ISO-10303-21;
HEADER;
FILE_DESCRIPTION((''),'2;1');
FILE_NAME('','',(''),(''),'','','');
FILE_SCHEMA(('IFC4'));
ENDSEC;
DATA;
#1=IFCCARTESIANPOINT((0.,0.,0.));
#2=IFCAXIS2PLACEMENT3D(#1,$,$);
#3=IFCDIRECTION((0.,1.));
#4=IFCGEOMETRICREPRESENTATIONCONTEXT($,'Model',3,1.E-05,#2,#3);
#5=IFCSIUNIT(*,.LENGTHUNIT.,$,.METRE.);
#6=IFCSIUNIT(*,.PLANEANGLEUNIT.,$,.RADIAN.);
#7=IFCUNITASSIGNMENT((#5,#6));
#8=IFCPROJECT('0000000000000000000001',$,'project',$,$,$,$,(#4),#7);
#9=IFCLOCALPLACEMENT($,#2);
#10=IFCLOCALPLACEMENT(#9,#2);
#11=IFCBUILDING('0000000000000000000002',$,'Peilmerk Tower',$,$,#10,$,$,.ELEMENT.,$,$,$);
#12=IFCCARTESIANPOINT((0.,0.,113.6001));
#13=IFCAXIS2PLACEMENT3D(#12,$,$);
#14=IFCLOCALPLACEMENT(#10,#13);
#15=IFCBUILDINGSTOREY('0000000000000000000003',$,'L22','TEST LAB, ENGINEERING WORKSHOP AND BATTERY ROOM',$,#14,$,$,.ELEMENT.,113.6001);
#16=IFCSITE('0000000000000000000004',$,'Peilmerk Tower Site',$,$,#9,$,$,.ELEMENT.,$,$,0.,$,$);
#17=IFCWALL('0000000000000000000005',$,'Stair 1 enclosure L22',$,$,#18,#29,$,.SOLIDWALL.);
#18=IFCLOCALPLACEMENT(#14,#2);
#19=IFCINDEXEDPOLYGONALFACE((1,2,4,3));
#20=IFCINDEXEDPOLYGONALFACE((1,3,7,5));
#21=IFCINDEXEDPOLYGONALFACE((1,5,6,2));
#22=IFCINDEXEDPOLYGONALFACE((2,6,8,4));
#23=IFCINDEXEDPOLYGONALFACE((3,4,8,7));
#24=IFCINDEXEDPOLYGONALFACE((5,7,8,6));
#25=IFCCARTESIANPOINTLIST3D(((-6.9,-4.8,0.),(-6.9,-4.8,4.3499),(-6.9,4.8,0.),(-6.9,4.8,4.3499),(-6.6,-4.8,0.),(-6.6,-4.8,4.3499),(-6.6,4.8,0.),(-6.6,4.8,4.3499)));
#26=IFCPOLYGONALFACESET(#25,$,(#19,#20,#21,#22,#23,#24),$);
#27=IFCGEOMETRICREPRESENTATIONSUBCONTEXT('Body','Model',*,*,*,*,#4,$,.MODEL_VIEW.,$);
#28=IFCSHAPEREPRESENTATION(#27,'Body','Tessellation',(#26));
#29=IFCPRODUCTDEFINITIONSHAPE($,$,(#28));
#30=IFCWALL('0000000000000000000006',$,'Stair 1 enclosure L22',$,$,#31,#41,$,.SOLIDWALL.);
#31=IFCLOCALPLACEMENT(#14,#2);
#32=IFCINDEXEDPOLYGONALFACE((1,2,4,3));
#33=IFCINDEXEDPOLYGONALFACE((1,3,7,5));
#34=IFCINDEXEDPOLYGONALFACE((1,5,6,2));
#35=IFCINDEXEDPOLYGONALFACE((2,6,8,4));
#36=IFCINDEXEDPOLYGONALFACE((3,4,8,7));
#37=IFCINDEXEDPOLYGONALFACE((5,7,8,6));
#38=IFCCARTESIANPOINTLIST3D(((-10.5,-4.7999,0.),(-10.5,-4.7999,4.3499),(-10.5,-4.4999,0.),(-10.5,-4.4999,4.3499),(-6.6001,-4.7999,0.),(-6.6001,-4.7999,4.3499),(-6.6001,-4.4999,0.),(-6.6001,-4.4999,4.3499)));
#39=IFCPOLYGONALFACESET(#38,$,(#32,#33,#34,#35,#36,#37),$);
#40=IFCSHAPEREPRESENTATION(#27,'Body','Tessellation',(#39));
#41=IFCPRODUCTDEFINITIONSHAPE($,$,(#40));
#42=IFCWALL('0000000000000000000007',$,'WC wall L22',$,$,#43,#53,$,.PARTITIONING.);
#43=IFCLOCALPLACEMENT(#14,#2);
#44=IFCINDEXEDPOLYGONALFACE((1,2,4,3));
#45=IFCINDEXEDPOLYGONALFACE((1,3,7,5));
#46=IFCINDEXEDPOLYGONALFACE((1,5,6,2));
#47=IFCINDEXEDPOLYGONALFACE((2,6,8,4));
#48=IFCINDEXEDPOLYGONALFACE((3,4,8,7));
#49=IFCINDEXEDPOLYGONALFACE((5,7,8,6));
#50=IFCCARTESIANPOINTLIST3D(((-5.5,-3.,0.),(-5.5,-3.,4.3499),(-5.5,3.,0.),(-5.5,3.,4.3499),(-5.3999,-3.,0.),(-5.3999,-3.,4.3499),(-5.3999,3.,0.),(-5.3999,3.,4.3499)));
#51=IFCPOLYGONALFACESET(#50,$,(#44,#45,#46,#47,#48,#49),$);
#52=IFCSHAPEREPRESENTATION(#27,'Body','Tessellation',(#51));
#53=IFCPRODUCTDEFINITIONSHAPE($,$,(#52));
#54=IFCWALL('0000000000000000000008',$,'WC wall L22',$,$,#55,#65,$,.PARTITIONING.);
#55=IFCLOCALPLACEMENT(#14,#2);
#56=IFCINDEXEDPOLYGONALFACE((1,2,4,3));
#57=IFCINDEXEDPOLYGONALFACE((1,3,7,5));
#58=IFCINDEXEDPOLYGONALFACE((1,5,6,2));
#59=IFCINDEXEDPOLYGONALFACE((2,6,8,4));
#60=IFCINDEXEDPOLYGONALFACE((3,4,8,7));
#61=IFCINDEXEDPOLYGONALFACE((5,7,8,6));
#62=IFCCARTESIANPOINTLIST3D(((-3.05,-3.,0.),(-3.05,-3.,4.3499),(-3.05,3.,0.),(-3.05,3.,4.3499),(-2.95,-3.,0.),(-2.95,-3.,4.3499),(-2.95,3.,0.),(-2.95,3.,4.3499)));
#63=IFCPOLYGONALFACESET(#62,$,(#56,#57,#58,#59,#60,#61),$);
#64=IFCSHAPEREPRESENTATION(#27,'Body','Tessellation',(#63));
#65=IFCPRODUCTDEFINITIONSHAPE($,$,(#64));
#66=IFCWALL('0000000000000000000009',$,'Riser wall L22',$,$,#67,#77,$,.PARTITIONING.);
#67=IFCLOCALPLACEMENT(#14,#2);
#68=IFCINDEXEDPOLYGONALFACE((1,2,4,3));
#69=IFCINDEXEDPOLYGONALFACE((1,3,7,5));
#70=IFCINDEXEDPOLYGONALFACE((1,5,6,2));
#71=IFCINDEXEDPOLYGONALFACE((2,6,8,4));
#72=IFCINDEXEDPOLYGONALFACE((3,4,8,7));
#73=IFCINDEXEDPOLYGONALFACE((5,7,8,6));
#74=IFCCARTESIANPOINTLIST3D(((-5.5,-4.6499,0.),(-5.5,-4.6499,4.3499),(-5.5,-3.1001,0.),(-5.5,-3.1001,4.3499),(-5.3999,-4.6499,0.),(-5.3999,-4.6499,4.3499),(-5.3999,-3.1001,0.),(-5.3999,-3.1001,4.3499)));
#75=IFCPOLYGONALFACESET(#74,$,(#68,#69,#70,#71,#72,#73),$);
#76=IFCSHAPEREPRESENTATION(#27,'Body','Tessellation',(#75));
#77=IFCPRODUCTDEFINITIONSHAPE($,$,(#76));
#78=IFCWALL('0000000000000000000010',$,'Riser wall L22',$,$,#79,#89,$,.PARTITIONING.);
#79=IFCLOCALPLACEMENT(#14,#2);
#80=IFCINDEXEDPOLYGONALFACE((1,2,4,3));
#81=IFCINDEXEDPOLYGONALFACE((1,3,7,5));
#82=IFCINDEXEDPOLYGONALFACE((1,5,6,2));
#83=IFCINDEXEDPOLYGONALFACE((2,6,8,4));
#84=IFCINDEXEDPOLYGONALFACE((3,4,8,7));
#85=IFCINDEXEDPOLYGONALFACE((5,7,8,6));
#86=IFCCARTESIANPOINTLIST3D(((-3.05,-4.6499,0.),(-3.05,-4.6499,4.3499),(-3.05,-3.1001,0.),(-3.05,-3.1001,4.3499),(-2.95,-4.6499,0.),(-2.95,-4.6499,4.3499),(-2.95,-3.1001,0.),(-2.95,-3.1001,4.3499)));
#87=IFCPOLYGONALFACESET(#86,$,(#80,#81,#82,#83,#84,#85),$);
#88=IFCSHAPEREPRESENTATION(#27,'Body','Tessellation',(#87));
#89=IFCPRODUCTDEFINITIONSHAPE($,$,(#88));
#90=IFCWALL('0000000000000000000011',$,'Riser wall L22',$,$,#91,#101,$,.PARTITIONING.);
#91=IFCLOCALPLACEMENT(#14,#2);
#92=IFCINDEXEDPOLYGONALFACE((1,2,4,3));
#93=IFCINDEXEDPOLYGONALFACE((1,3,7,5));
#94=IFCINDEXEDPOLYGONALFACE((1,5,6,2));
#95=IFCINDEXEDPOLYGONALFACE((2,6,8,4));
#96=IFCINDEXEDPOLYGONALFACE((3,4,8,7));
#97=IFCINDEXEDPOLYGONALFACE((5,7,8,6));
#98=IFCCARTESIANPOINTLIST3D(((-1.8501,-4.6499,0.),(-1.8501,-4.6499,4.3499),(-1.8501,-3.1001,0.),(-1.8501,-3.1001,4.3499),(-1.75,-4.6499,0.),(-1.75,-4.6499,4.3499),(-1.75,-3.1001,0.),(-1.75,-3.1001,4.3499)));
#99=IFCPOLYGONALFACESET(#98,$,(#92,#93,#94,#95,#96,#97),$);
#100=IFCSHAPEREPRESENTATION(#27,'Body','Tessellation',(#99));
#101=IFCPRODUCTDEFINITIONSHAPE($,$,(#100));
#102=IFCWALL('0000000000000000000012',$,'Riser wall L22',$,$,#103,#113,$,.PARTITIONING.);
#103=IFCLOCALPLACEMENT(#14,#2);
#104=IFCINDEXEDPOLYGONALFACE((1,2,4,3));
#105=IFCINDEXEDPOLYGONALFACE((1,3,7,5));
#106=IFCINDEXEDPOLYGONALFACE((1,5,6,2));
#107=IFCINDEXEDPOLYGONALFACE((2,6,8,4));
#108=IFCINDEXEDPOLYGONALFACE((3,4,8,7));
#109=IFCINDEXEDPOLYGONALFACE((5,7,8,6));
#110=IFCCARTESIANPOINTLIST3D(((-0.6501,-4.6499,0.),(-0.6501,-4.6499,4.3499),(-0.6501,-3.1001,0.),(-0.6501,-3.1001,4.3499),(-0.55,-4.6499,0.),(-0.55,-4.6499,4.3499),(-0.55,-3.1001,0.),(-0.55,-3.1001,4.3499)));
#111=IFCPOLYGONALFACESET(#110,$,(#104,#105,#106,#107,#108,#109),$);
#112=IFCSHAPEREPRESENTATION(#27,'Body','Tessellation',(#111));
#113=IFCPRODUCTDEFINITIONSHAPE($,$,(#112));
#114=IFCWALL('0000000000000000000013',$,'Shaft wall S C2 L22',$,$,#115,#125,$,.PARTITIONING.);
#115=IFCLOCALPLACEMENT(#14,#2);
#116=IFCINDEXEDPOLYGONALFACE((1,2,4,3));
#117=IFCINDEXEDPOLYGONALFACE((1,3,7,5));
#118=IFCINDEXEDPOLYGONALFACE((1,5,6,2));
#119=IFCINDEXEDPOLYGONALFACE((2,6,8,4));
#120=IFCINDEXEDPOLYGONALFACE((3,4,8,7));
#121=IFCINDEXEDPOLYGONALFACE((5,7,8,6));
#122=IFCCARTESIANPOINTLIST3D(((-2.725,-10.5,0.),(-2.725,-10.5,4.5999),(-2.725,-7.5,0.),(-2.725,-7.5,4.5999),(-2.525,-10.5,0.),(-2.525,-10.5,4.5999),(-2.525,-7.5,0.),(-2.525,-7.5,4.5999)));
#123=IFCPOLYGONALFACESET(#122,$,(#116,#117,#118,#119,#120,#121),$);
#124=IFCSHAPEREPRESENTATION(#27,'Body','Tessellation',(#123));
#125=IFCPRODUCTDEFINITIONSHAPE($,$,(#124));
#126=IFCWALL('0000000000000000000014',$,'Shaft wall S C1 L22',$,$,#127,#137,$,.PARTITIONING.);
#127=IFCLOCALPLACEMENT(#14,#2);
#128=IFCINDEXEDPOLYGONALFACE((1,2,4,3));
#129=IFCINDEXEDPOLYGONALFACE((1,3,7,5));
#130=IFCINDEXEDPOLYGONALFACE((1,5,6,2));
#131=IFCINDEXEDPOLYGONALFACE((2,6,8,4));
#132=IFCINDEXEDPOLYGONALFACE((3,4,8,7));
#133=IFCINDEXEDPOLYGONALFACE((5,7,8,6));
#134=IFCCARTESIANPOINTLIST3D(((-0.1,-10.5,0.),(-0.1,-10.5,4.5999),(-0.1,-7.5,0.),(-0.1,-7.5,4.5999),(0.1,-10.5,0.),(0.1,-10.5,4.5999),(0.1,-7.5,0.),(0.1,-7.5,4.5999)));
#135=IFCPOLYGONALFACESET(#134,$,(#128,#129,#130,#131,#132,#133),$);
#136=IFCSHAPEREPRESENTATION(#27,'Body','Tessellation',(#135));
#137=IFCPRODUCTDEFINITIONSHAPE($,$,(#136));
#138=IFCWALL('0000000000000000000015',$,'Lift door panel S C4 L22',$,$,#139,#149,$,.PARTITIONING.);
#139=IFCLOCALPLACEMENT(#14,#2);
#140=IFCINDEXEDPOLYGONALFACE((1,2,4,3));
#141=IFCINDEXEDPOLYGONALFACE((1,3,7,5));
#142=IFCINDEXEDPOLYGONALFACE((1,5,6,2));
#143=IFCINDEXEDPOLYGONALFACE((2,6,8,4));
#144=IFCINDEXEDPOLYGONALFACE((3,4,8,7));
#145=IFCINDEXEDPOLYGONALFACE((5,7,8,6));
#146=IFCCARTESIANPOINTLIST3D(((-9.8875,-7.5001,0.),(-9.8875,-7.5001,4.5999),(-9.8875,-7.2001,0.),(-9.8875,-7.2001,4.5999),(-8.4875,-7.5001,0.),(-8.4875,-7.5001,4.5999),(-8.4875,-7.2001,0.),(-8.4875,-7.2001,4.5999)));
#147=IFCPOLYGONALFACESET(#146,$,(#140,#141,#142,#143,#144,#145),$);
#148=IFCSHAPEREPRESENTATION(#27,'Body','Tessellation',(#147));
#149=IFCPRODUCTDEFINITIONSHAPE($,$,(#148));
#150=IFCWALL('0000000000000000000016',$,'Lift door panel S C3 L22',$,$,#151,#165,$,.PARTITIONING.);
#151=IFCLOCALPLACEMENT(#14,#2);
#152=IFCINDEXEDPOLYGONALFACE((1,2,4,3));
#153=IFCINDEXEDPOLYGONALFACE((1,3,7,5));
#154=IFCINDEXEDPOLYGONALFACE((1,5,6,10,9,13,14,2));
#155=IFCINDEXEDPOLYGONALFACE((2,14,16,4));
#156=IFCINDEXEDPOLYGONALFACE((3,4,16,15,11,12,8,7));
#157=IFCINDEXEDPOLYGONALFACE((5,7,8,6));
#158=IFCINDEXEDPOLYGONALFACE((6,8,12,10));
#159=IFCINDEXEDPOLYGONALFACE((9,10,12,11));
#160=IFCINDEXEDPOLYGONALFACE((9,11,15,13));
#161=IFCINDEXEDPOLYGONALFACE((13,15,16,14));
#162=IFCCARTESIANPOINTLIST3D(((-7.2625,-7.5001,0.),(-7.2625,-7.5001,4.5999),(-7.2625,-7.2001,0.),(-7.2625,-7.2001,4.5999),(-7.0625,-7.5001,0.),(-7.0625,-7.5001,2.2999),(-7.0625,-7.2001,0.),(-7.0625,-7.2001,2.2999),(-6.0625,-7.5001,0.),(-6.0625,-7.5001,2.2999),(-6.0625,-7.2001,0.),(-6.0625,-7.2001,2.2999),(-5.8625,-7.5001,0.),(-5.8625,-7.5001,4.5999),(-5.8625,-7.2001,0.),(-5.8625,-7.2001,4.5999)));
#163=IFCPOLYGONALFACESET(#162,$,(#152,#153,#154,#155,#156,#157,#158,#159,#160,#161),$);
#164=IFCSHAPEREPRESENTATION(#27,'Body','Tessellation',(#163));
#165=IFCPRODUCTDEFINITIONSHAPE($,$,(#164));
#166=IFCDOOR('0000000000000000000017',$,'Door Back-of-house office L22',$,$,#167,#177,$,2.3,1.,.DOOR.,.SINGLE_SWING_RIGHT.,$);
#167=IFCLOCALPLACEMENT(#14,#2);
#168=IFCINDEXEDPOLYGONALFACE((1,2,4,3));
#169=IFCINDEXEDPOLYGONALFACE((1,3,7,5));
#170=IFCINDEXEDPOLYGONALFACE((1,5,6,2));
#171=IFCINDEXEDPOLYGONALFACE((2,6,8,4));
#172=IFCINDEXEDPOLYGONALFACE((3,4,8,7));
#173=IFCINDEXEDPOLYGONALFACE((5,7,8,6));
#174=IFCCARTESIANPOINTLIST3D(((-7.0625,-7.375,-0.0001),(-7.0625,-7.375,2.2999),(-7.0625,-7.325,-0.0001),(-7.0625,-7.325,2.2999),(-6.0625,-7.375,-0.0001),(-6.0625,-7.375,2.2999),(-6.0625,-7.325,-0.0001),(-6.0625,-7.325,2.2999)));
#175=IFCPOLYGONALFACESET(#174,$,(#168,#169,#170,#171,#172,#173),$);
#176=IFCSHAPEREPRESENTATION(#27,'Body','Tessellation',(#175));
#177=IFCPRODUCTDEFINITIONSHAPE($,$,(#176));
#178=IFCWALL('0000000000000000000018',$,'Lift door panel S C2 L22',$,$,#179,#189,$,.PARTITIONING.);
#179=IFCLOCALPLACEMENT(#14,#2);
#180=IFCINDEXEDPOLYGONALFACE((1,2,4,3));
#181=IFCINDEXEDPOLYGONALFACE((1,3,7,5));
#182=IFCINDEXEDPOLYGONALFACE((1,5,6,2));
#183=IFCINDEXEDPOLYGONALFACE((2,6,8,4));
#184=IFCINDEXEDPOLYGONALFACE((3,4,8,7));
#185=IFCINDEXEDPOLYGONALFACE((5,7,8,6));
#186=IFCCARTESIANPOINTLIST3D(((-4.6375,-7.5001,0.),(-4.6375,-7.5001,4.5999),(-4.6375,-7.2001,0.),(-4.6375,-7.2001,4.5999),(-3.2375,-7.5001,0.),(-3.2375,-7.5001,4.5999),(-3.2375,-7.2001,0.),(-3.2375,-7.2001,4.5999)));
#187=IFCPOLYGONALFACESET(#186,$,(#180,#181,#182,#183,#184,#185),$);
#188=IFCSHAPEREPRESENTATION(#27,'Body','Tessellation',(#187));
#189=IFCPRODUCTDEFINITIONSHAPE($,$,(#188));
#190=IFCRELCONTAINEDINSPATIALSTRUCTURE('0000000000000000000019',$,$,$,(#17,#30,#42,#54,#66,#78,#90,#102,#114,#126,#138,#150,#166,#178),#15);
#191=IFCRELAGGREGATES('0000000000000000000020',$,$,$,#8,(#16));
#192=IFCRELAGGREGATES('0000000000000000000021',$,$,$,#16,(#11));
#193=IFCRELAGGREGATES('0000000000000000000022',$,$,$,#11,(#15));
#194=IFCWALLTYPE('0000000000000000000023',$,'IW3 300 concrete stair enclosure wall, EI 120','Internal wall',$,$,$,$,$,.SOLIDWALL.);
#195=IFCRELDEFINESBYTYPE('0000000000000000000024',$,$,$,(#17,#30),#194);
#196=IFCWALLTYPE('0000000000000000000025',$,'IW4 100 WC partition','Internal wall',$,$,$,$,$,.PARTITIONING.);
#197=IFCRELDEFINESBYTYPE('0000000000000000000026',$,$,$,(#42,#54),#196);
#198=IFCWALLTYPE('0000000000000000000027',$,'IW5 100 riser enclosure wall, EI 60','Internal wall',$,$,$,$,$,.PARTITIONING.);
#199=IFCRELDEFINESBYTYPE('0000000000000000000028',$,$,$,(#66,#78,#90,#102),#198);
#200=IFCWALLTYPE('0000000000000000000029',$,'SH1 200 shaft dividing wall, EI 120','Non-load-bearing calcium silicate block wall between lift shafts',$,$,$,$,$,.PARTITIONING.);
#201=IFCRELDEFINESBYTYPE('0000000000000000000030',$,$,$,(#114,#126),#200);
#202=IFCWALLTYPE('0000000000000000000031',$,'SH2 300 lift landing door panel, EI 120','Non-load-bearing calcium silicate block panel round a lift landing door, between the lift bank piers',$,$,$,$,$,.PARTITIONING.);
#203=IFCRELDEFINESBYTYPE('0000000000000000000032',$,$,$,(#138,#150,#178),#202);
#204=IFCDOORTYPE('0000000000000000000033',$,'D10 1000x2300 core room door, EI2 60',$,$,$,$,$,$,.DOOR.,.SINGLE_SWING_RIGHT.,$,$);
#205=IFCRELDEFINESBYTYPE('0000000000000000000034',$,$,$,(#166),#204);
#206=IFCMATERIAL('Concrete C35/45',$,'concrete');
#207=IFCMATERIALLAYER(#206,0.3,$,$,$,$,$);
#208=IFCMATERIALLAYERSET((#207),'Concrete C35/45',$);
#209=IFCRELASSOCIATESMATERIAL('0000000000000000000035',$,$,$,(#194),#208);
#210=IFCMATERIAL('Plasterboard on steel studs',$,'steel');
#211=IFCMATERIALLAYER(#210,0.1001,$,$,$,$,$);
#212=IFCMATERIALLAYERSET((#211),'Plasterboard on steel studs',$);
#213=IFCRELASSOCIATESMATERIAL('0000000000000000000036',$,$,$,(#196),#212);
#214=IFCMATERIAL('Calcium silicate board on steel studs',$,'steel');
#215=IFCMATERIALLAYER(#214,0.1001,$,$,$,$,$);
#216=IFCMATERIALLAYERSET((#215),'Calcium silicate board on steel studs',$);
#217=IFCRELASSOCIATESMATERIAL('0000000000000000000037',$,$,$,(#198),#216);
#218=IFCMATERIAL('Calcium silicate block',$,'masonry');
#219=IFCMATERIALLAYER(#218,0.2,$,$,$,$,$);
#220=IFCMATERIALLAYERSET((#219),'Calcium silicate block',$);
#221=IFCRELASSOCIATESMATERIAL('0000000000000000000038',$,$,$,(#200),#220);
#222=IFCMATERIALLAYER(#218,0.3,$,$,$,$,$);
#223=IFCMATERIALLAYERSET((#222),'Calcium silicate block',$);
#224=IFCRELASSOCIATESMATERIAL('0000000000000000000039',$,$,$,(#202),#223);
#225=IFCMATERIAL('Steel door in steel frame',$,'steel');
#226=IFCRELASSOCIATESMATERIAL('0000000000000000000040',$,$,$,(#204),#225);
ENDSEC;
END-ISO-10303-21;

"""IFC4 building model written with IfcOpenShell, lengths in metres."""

from ifc_helpers import new_model, si_unit, direction, frame, frame_2d, origin, place, context, subcontext, project, spatial, rectangle, extrude, material, layer, layer_set, type_object, element, fill, save


model = new_model("IFC4")

# Units and contexts
model_context = context("Model", 3, precision=1e-05, world=origin(), true_north=direction((0.0, 1.0)))
body_context = subcontext(model_context, "Body", "Model", "MODEL_VIEW")
ifc_project = project(units=[si_unit("LENGTHUNIT", "METRE"), si_unit("PLANEANGLEUNIT", "RADIAN")], contexts=[model_context])

# Site, building, storey
site_placement = place(None, origin())
site = spatial("IfcSite", under=ifc_project, at=site_placement, Name="Peilmerk Tower Site", CompositionType="ELEMENT", RefElevation=0.0)
building_placement = place(site_placement, origin())
building = spatial("IfcBuilding", under=site, at=building_placement, Name="Peilmerk Tower", CompositionType="ELEMENT")
storey_placement = place(building_placement, frame((0.0, 0.0, 113.6001)))
storey = spatial("IfcBuildingStorey", under=building, at=storey_placement, Name="L22", Description="TEST LAB, ENGINEERING WORKSHOP AND BATTERY ROOM", CompositionType="ELEMENT", Elevation=113.6001)

# Walls
ifc_material_1 = material(Name="Concrete C35/45", Category="concrete")
ifc_layer_1 = layer(ifc_material_1, 0.3)
ifc_layer_set_1 = layer_set([ifc_layer_1], Name="Concrete C35/45")
wall_type_1 = type_object("IfcWallType", Name="IW3 300 concrete stair enclosure wall, EI 120", Description="Internal wall", PredefinedType="SOLIDWALL", material=ifc_layer_set_1)
wall_1_placement = place(storey_placement, frame((-6.75, -4.8, 0.0), z_axis=(0.0, 0.0, 1.0), x_axis=(0.0, 1.0, 0.0)))
element("IfcWall", 1, at=wall_1_placement, inside=storey, type_object=wall_type_1, Name="Stair 1 enclosure L22", PredefinedType="SOLIDWALL", context=body_context, shape_type="SweptSolid", body=[
    extrude(rectangle(XDim=9.6001, YDim=0.3, at=frame_2d((4.8, 0.0))), origin(), (0.0, 0.0, 1.0), 4.3499),
])
wall_2_placement = place(storey_placement, frame((-6.6001, -4.6499, 0.0), z_axis=(0.0, 0.0, 1.0), x_axis=(-1.0, 0.0, 0.0)))
element("IfcWall", 2, at=wall_2_placement, inside=storey, type_object=wall_type_1, Name="Stair 1 enclosure L22", PredefinedType="SOLIDWALL", context=body_context, shape_type="SweptSolid", body=[
    extrude(rectangle(XDim=3.8999, YDim=0.3, at=frame_2d((1.95, 0.0))), origin(), (0.0, 0.0, 1.0), 4.3499),
])
ifc_material_2 = material(Name="Plasterboard on steel studs", Category="steel")
ifc_layer_2 = layer(ifc_material_2, 0.1001)
ifc_layer_set_2 = layer_set([ifc_layer_2], Name="Plasterboard on steel studs")
wall_type_2 = type_object("IfcWallType", Name="IW4 100 WC partition", Description="Internal wall", PredefinedType="PARTITIONING", material=ifc_layer_set_2)
for number, where, z_axis, x_axis, name in (
    (3, (-5.45, -3.0, 0.0), (0.0, 0.0, 1.0), (0.0, 1.0, 0.0), "WC wall L22"),
    (4, (-3.0, -3.0, 0.0), (0.0, 0.0, 1.0), (0.0, 1.0, 0.0), "WC wall L22"),
):
    element("IfcWall", number, at=place(storey_placement, frame(where, z_axis=z_axis, x_axis=x_axis)), inside=storey, type_object=wall_type_2, Name=name, PredefinedType="PARTITIONING", context=body_context, shape_type="SweptSolid", body=[
        extrude(rectangle(XDim=6.0, YDim=0.1001, at=frame_2d((3.0, 0.0))), origin(), (0.0, 0.0, 1.0), 4.3499),
    ])
ifc_material_3 = material(Name="Calcium silicate board on steel studs", Category="steel")
ifc_layer_3 = layer(ifc_material_3, 0.1001)
ifc_layer_set_3 = layer_set([ifc_layer_3], Name="Calcium silicate board on steel studs")
wall_type_3 = type_object("IfcWallType", Name="IW5 100 riser enclosure wall, EI 60", Description="Internal wall", PredefinedType="PARTITIONING", material=ifc_layer_set_3)
for number, where, z_axis, x_axis, name in (
    (5, (-5.45, -3.1001, 0.0), (0.0, 0.0, 1.0), (0.0, -1.0, 0.0), "Riser wall L22"),
    (6, (-3.0, -3.1001, 0.0), (0.0, 0.0, 1.0), (0.0, -1.0, 0.0), "Riser wall L22"),
    (7, (-1.8, -3.1001, 0.0), (0.0, 0.0, 1.0), (0.0, -1.0, 0.0), "Riser wall L22"),
    (8, (-0.6001, -3.1001, 0.0), (0.0, 0.0, 1.0), (0.0, -1.0, 0.0), "Riser wall L22"),
):
    element("IfcWall", number, at=place(storey_placement, frame(where, z_axis=z_axis, x_axis=x_axis)), inside=storey, type_object=wall_type_3, Name=name, PredefinedType="PARTITIONING", context=body_context, shape_type="SweptSolid", body=[
        extrude(rectangle(XDim=1.5498, YDim=0.1001, at=frame_2d((0.7749, 0.0))), origin(), (0.0, 0.0, 1.0), 4.3499),
    ])
ifc_material_4 = material(Name="Calcium silicate block", Category="masonry")
ifc_layer_4 = layer(ifc_material_4, 0.2)
ifc_layer_set_4 = layer_set([ifc_layer_4], Name="Calcium silicate block")
wall_type_4 = type_object("IfcWallType", Name="SH1 200 shaft dividing wall, EI 120", Description="Non-load-bearing calcium silicate block wall between lift shafts", PredefinedType="PARTITIONING", material=ifc_layer_set_4)
for number, where, z_axis, x_axis, name in (
    (9, (-2.625, -10.5, 0.0), (0.0, 0.0, 1.0), (0.0, 1.0, 0.0), "Shaft wall S C2 L22"),
    (10, (0.0, -10.5, 0.0), (0.0, 0.0, 1.0), (0.0, 1.0, 0.0), "Shaft wall S C1 L22"),
):
    element("IfcWall", number, at=place(storey_placement, frame(where, z_axis=z_axis, x_axis=x_axis)), inside=storey, type_object=wall_type_4, Name=name, PredefinedType="PARTITIONING", context=body_context, shape_type="SweptSolid", body=[
        extrude(rectangle(XDim=3.0, YDim=0.2, at=frame_2d((1.5, 0.0))), origin(), (0.0, 0.0, 1.0), 4.5999),
    ])
ifc_layer_5 = layer(ifc_material_4, 0.3)
ifc_layer_set_5 = layer_set([ifc_layer_5], Name="Calcium silicate block")
wall_type_5 = type_object("IfcWallType", Name="SH2 300 lift landing door panel, EI 120", Description="Non-load-bearing calcium silicate block panel round a lift landing door, between the lift bank piers", PredefinedType="PARTITIONING", material=ifc_layer_set_5)
wall_3_placement = place(storey_placement, frame((-9.8875, -7.3501, 0.0), z_axis=(0.0, 0.0, 1.0), x_axis=(1.0, 0.0, 0.0)))
element("IfcWall", 11, at=wall_3_placement, inside=storey, type_object=wall_type_5, Name="Lift door panel S C4 L22", PredefinedType="PARTITIONING", context=body_context, shape_type="SweptSolid", body=[
    extrude(rectangle(XDim=1.3999, YDim=0.3, at=frame_2d((0.7, 0.0))), origin(), (0.0, 0.0, 1.0), 4.5999),
])

# Wall, opening, door
wall_4_placement = place(storey_placement, frame((-7.2625, -7.3501, 0.0), z_axis=(0.0, 0.0, 1.0), x_axis=(1.0, 0.0, 0.0)))
wall_4 = element("IfcWall", 12, at=wall_4_placement, inside=storey, type_object=wall_type_5, Name="Lift door panel S C3 L22", PredefinedType="PARTITIONING", context=body_context, shape_type="SweptSolid", body=[
    extrude(rectangle(XDim=1.3999, YDim=0.3, at=frame_2d((0.7, 0.0))), origin(), (0.0, 0.0, 1.0), 4.5999),
])
opening_1_placement = place(wall_4_placement, frame((0.2, 0.0, 0.0)))
opening_1 = element("IfcOpeningElement", 13, at=opening_1_placement, cuts=wall_4, PredefinedType="OPENING", context=body_context, shape_type="SweptSolid", body=[
    extrude(rectangle(XDim=1.0, YDim=2.3, at=frame_2d((0.5, 1.1499))), frame((0.0, 0.1599, 0.0), z_axis=(0.0, -1.0, 0.0), x_axis=(1.0, 0.0, 0.0)), (0.0, 0.0, 1.0), 0.3201),
])
ifc_material_5 = material(Name="Steel door in steel frame", Category="steel")
door_type_1 = type_object("IfcDoorType", Name="D10 1000x2300 core room door, EI2 60", OperationType="SINGLE_SWING_RIGHT", PredefinedType="DOOR", material=ifc_material_5)
door_1_placement = place(opening_1_placement, frame((1.0, 0.0, 0.0), z_axis=(0.0, 0.0, 1.0), x_axis=(-1.0, 0.0, 0.0)))
door_1 = element("IfcDoor", 14, at=door_1_placement, inside=storey, type_object=door_type_1, Name="Door Back-of-house office L22", OperationType="SINGLE_SWING_RIGHT", OverallHeight=2.3, OverallWidth=1.0, PredefinedType="DOOR", context=body_context, shape_type="SweptSolid", body=[
    extrude(rectangle(XDim=1.0, YDim=2.3, at=frame_2d((0.5, 1.1499))), frame((0.0, 0.0249, 0.0), z_axis=(0.0, -1.0, 0.0), x_axis=(1.0, 0.0, 0.0)), (0.0, 0.0, 1.0), 0.05),
])
fill(opening_1, door_1)

# Wall
wall_5_placement = place(storey_placement, frame((-4.6375, -7.3501, 0.0), z_axis=(0.0, 0.0, 1.0), x_axis=(1.0, 0.0, 0.0)))
element("IfcWall", 15, at=wall_5_placement, inside=storey, type_object=wall_type_5, Name="Lift door panel S C2 L22", PredefinedType="PARTITIONING", context=body_context, shape_type="SweptSolid", body=[
    extrude(rectangle(XDim=1.3999, YDim=0.3, at=frame_2d((0.7, 0.0))), origin(), (0.0, 0.0, 1.0), 4.5999),
])

save(model, "model.ifc")
